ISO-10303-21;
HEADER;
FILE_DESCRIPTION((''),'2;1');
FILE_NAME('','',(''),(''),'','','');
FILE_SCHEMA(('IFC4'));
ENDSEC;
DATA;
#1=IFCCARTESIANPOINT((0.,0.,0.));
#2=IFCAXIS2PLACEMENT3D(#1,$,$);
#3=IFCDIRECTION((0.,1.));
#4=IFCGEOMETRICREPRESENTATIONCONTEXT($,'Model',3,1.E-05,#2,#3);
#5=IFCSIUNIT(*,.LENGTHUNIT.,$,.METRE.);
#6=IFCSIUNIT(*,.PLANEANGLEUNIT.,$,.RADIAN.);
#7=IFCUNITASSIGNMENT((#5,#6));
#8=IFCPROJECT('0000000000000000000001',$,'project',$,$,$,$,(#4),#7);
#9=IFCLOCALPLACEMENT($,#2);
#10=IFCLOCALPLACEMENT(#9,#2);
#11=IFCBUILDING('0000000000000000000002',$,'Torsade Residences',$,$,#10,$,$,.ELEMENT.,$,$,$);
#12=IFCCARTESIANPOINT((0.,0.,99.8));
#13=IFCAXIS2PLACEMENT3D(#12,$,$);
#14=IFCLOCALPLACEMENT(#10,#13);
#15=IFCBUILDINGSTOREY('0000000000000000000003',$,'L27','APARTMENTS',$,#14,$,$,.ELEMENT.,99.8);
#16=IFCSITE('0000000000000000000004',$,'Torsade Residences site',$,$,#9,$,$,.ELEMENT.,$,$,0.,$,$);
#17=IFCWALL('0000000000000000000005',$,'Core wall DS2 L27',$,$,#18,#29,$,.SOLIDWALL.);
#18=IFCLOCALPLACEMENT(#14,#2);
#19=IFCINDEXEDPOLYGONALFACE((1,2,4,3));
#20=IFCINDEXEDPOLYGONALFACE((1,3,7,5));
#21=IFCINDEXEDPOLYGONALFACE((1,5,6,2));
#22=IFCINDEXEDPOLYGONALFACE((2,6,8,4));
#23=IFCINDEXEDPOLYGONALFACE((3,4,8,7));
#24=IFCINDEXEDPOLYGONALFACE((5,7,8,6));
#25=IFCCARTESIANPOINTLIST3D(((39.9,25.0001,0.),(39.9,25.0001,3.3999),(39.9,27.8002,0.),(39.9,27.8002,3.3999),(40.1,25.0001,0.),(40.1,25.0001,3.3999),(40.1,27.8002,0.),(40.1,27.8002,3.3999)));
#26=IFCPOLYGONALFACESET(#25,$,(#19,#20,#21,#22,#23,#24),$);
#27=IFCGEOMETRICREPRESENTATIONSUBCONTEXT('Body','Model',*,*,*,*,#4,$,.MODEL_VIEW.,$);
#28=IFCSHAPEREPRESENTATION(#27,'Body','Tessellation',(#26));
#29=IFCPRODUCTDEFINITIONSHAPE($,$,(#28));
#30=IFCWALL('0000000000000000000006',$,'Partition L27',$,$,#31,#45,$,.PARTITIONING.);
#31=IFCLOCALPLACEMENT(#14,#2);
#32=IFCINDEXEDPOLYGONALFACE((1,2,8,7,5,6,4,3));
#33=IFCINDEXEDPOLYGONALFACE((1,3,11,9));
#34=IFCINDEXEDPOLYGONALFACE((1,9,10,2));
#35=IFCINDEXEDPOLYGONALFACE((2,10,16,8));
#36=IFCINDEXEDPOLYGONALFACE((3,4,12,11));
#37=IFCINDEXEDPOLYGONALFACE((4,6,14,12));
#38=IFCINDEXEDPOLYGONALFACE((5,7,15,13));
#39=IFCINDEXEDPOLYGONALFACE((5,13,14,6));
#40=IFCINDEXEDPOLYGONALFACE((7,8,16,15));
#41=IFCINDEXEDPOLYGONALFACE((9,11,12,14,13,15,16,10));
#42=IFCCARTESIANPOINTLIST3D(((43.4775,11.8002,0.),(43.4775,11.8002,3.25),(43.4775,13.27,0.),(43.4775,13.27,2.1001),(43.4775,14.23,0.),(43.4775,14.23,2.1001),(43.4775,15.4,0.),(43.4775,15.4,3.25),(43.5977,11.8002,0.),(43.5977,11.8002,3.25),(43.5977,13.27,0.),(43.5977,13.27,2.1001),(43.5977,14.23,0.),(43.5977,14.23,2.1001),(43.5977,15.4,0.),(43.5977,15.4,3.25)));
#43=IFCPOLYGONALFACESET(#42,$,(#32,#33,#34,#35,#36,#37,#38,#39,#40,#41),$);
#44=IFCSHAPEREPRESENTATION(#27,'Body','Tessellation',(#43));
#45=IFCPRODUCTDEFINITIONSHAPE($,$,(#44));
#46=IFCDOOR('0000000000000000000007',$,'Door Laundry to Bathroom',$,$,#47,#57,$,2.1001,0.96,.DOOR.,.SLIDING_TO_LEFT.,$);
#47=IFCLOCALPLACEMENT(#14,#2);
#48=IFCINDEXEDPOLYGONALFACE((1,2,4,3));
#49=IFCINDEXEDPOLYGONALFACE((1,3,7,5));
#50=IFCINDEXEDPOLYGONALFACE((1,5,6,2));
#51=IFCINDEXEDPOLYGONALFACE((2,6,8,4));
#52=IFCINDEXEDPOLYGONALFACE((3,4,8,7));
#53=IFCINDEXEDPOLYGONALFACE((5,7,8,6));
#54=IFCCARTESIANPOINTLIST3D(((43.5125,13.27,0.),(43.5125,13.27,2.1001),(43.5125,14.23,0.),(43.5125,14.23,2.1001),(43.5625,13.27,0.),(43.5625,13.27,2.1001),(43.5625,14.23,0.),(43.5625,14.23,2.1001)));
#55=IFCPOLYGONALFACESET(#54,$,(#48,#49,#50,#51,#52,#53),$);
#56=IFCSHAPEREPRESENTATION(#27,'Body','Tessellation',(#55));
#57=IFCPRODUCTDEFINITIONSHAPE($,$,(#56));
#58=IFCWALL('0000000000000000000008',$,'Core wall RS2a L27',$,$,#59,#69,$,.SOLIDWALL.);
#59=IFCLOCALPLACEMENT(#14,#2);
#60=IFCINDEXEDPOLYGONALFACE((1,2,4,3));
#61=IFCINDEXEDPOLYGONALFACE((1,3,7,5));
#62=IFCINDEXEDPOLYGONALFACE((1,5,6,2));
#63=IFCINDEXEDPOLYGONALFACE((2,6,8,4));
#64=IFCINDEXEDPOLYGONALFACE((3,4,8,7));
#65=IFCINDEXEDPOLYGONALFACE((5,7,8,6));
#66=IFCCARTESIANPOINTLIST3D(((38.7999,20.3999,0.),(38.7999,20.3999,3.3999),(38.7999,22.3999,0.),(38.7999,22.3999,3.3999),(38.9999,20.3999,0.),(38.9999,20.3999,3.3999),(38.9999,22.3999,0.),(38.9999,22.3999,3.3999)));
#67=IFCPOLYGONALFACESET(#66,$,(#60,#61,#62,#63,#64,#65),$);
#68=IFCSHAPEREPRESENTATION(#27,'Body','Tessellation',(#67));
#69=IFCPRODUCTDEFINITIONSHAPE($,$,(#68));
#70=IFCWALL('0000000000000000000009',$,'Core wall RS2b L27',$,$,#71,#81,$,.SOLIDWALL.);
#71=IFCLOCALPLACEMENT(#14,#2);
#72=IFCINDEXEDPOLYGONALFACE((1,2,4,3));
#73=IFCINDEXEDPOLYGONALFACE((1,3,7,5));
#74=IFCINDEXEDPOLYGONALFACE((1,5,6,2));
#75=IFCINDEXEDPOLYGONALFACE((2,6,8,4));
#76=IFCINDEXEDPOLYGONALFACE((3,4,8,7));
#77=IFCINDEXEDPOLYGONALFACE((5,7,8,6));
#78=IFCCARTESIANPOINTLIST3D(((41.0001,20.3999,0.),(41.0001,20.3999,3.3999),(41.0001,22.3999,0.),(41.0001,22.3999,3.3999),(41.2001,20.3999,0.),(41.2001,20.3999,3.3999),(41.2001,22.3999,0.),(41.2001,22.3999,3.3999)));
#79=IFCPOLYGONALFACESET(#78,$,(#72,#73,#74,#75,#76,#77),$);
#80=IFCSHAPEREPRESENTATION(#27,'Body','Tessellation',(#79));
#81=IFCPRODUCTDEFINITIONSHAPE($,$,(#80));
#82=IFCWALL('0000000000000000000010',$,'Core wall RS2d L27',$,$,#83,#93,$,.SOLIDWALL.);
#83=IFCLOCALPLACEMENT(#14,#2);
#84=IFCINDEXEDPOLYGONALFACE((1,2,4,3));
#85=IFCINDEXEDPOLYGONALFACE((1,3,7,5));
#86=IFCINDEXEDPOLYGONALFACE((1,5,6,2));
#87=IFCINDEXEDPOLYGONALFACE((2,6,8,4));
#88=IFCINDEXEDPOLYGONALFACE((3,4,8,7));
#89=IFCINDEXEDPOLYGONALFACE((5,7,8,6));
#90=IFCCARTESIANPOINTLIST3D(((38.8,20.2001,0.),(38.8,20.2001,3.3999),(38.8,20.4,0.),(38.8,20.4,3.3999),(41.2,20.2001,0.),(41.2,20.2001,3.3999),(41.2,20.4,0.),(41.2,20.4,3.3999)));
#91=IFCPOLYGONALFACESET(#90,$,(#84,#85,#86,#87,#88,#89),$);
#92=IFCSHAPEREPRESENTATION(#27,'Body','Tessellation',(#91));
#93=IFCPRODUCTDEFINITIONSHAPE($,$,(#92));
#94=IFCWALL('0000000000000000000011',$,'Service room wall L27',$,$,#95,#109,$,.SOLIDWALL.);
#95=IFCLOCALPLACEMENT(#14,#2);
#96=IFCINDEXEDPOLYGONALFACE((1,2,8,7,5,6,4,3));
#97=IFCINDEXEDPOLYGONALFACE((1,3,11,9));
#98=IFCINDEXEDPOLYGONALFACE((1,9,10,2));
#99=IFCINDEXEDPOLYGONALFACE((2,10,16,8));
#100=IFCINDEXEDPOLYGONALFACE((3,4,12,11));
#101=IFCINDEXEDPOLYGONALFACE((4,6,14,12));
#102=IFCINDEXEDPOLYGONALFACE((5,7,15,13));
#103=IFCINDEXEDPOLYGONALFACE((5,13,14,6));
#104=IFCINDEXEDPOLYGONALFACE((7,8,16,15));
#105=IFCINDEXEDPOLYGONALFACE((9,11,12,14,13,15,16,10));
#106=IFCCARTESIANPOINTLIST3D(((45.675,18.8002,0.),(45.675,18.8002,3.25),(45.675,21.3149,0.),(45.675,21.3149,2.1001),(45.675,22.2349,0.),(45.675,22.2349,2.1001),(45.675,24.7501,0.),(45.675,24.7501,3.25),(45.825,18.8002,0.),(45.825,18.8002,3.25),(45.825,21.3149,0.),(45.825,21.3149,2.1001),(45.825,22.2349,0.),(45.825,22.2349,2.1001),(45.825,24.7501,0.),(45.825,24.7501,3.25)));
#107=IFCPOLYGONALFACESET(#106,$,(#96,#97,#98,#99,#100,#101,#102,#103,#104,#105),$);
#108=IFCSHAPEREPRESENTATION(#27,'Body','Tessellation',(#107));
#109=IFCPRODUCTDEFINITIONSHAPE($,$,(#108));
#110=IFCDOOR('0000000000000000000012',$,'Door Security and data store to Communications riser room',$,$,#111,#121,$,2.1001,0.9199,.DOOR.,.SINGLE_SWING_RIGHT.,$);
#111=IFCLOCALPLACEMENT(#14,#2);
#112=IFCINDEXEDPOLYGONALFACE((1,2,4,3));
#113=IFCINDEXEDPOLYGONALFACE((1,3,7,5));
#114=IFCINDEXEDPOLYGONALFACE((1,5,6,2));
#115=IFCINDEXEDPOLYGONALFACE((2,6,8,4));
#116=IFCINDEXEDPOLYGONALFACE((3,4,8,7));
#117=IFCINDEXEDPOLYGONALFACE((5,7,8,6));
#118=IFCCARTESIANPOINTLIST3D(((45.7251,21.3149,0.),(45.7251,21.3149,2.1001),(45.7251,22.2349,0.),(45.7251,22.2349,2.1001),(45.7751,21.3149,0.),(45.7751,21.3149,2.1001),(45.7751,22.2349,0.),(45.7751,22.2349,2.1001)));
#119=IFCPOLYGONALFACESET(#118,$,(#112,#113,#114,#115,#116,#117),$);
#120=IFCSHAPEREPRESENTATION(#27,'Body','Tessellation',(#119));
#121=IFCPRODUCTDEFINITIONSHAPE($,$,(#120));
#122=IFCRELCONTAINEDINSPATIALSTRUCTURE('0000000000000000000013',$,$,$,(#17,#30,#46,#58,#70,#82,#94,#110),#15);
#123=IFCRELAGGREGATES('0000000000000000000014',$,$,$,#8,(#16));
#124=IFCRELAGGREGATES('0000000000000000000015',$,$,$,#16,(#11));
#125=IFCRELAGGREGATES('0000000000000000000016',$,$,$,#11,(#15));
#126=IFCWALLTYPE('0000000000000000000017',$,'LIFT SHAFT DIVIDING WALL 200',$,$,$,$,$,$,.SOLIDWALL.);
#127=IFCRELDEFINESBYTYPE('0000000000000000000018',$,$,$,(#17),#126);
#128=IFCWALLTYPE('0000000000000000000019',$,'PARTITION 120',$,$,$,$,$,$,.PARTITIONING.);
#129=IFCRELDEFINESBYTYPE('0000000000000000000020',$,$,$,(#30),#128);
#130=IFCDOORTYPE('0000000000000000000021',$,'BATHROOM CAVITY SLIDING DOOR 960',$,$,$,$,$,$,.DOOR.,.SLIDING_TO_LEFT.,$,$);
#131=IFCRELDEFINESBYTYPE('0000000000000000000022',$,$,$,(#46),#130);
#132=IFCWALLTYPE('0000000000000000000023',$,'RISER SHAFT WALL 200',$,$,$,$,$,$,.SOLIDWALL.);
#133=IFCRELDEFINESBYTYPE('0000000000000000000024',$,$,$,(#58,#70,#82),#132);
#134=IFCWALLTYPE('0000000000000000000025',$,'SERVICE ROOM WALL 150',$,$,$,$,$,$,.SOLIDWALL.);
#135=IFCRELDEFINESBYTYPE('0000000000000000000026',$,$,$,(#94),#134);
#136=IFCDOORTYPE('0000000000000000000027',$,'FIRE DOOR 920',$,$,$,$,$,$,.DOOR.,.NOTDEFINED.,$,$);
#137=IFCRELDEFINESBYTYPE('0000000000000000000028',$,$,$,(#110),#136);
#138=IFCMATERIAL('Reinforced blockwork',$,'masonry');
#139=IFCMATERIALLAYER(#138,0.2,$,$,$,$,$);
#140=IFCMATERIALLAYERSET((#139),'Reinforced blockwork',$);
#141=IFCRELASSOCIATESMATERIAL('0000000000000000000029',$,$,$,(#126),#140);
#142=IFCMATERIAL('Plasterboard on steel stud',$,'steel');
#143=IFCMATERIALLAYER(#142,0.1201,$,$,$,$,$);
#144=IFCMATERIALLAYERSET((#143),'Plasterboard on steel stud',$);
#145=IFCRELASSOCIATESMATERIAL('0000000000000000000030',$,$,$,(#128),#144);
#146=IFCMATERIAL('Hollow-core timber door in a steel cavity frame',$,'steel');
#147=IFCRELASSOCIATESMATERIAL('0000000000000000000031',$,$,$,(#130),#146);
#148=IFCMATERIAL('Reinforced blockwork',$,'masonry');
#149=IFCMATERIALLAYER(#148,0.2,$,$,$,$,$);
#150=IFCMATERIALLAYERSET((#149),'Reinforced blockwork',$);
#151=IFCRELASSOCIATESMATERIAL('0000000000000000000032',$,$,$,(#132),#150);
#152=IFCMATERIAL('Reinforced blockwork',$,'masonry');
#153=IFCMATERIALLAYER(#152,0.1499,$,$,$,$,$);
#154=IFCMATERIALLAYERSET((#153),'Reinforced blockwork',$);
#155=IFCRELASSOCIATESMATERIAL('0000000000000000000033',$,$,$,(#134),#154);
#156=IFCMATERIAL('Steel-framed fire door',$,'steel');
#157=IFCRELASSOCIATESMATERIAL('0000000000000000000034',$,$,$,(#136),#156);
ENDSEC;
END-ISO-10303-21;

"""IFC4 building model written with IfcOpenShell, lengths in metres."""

from ifc_helpers import new_model, si_unit, direction, frame, frame_2d, origin, place, context, subcontext, project, spatial, rectangle, extrude, material, layer, layer_set, type_object, element, fill, save


model = new_model("IFC4")

# Units and contexts
model_context = context("Model", 3, precision=1e-05, world=origin(), true_north=direction((0.0, 1.0)))
body_context = subcontext(model_context, "Body", "Model", "MODEL_VIEW")
ifc_project = project(units=[si_unit("LENGTHUNIT", "METRE"), si_unit("PLANEANGLEUNIT", "RADIAN")], contexts=[model_context])

# Site, building, storey
site_placement = place(None, origin())
site = spatial("IfcSite", under=ifc_project, at=site_placement, Name="Torsade Residences site", CompositionType="ELEMENT", RefElevation=0.0)
building_placement = place(site_placement, origin())
building = spatial("IfcBuilding", under=site, at=building_placement, Name="Torsade Residences", CompositionType="ELEMENT")
storey_placement = place(building_placement, frame((0.0, 0.0, 99.8)))
storey = spatial("IfcBuildingStorey", under=building, at=storey_placement, Name="L27", Description="APARTMENTS", CompositionType="ELEMENT", Elevation=99.8)

# Wall
ifc_material_1 = material(Name="Reinforced blockwork", Category="masonry")
ifc_layer_1 = layer(ifc_material_1, 0.2)
ifc_layer_set_1 = layer_set([ifc_layer_1], Name="Reinforced blockwork")
wall_type_1 = type_object("IfcWallType", Name="LIFT SHAFT DIVIDING WALL 200", PredefinedType="SOLIDWALL", material=ifc_layer_set_1)
for number, where, z_axis, x_axis, name in (
    (1, (40.0, 27.8, 0.0), (0.0, 0.0, 1.0), (0.0, -1.0, 0.0), "Core wall DS2 L27"),
):
    element("IfcWall", number, at=place(storey_placement, frame(where, z_axis=z_axis, x_axis=x_axis)), inside=storey, type_object=wall_type_1, Name=name, PredefinedType="SOLIDWALL", context=body_context, shape_type="SweptSolid", body=[
        extrude(rectangle(XDim=2.8, YDim=0.2, at=frame_2d((1.3999, 0.0))), origin(), (0.0, 0.0, 1.0), 3.3999),
    ])

# Wall, opening, door
ifc_material_2 = material(Name="Plasterboard on steel stud", Category="steel")
ifc_layer_2 = layer(ifc_material_2, 0.1201)
ifc_layer_set_2 = layer_set([ifc_layer_2], Name="Plasterboard on steel stud")
wall_type_2 = type_object("IfcWallType", Name="PARTITION 120", PredefinedType="PARTITIONING", material=ifc_layer_set_2)
wall_1_placement = place(storey_placement, frame((43.5376, 15.3999, 0.0), z_axis=(0.0, 0.0, 1.0), x_axis=(0.0, -1.0, 0.0)))
wall_1 = element("IfcWall", 2, at=wall_1_placement, inside=storey, type_object=wall_type_2, Name="Partition L27", PredefinedType="PARTITIONING", context=body_context, shape_type="SweptSolid", body=[
    extrude(rectangle(XDim=3.5999, YDim=0.1201, at=frame_2d((1.7998, 0.0))), origin(), (0.0, 0.0, 1.0), 3.25),
])
opening_1_placement = place(wall_1_placement, frame((1.1699, 0.0, 0.0)))
opening_1 = element("IfcOpeningElement", 3, at=opening_1_placement, cuts=wall_1, PredefinedType="OPENING", context=body_context, shape_type="SweptSolid", body=[
    extrude(rectangle(XDim=0.96, YDim=2.1001, at=frame_2d((0.48, 1.05))), frame((0.0, 0.0701, 0.0), z_axis=(0.0, -1.0, 0.0), x_axis=(1.0, 0.0, 0.0)), (0.0, 0.0, 1.0), 0.1401),
])
ifc_material_3 = material(Name="Hollow-core timber door in a steel cavity frame", Category="steel")
door_type_1 = type_object("IfcDoorType", Name="BATHROOM CAVITY SLIDING DOOR 960", OperationType="SLIDING_TO_LEFT", PredefinedType="DOOR", material=ifc_material_3)
door_1_placement = place(opening_1_placement, origin())
door_1 = element("IfcDoor", 4, at=door_1_placement, inside=storey, type_object=door_type_1, Name="Door Laundry to Bathroom", OperationType="SLIDING_TO_LEFT", OverallHeight=2.1001, OverallWidth=0.96, PredefinedType="DOOR", context=body_context, shape_type="SweptSolid", body=[
    extrude(rectangle(XDim=0.96, YDim=2.1001, at=frame_2d((0.48, 1.05))), frame((0.0, 0.0249, 0.0), z_axis=(0.0, -1.0, 0.0), x_axis=(1.0, 0.0, 0.0)), (0.0, 0.0, 1.0), 0.05),
])
fill(opening_1, door_1)

# Walls
ifc_material_4 = material(Name="Reinforced blockwork", Category="masonry")
ifc_layer_3 = layer(ifc_material_4, 0.2)
ifc_layer_set_3 = layer_set([ifc_layer_3], Name="Reinforced blockwork")
wall_type_3 = type_object("IfcWallType", Name="RISER SHAFT WALL 200", PredefinedType="SOLIDWALL", material=ifc_layer_set_3)
for number, where, z_axis, x_axis, name in (
    (5, (38.8999, 22.3999, 0.0), (0.0, 0.0, 1.0), (0.0, -1.0, 0.0), "Core wall RS2a L27"),
    (6, (41.1001, 22.3999, 0.0), (0.0, 0.0, 1.0), (0.0, -1.0, 0.0), "Core wall RS2b L27"),
):
    element("IfcWall", number, at=place(storey_placement, frame(where, z_axis=z_axis, x_axis=x_axis)), inside=storey, type_object=wall_type_3, Name=name, PredefinedType="SOLIDWALL", context=body_context, shape_type="SweptSolid", body=[
        extrude(rectangle(XDim=2.0, YDim=0.2, at=frame_2d((1.0, 0.0))), origin(), (0.0, 0.0, 1.0), 3.3999),
    ])
wall_2_placement = place(storey_placement, frame((38.8, 20.3, 0.0), z_axis=(0.0, 0.0, 1.0), x_axis=(1.0, 0.0, 0.0)))
element("IfcWall", 7, at=wall_2_placement, inside=storey, type_object=wall_type_3, Name="Core wall RS2d L27", PredefinedType="SOLIDWALL", context=body_context, shape_type="SweptSolid", body=[
    extrude(rectangle(XDim=2.3999, YDim=0.2, at=frame_2d((1.2, 0.0))), origin(), (0.0, 0.0, 1.0), 3.3999),
])

# Wall, opening, door
ifc_material_5 = material(Name="Reinforced blockwork", Category="masonry")
ifc_layer_4 = layer(ifc_material_5, 0.1499)
ifc_layer_set_4 = layer_set([ifc_layer_4], Name="Reinforced blockwork")
wall_type_4 = type_object("IfcWallType", Name="SERVICE ROOM WALL 150", PredefinedType="SOLIDWALL", material=ifc_layer_set_4)
wall_3_placement = place(storey_placement, frame((45.75, 18.8, 0.0), z_axis=(0.0, 0.0, 1.0), x_axis=(0.0, 1.0, 0.0)))
wall_3 = element("IfcWall", 8, at=wall_3_placement, inside=storey, type_object=wall_type_4, Name="Service room wall L27", PredefinedType="SOLIDWALL", context=body_context, shape_type="SweptSolid", body=[
    extrude(rectangle(XDim=5.95, YDim=0.1499, at=frame_2d((2.9751, 0.0))), origin(), (0.0, 0.0, 1.0), 3.25),
])
opening_2_placement = place(wall_3_placement, frame((2.5149, 0.0, 0.0)))
opening_2 = element("IfcOpeningElement", 9, at=opening_2_placement, cuts=wall_3, PredefinedType="OPENING", context=body_context, shape_type="SweptSolid", body=[
    extrude(rectangle(XDim=0.9199, YDim=2.1001, at=frame_2d((0.46, 1.05))), frame((0.0, 0.085, 0.0), z_axis=(0.0, -1.0, 0.0), x_axis=(1.0, 0.0, 0.0)), (0.0, 0.0, 1.0), 0.1699),
])
ifc_material_6 = material(Name="Steel-framed fire door", Category="steel")
door_type_2 = type_object("IfcDoorType", Name="FIRE DOOR 920", OperationType="NOTDEFINED", PredefinedType="DOOR", material=ifc_material_6)
door_2_placement = place(opening_2_placement, origin())
door_2 = element("IfcDoor", 10, at=door_2_placement, inside=storey, type_object=door_type_2, Name="Door Security and data store to Communications riser room", OperationType="SINGLE_SWING_RIGHT", OverallHeight=2.1001, OverallWidth=0.9199, PredefinedType="DOOR", context=body_context, shape_type="SweptSolid", body=[
    extrude(rectangle(XDim=0.9199, YDim=2.1001, at=frame_2d((0.46, 1.05))), frame((0.0, 0.0249, 0.0), z_axis=(0.0, -1.0, 0.0), x_axis=(1.0, 0.0, 0.0)), (0.0, 0.0, 1.0), 0.05),
])
fill(opening_2, door_2)

save(model, "model.ifc")
